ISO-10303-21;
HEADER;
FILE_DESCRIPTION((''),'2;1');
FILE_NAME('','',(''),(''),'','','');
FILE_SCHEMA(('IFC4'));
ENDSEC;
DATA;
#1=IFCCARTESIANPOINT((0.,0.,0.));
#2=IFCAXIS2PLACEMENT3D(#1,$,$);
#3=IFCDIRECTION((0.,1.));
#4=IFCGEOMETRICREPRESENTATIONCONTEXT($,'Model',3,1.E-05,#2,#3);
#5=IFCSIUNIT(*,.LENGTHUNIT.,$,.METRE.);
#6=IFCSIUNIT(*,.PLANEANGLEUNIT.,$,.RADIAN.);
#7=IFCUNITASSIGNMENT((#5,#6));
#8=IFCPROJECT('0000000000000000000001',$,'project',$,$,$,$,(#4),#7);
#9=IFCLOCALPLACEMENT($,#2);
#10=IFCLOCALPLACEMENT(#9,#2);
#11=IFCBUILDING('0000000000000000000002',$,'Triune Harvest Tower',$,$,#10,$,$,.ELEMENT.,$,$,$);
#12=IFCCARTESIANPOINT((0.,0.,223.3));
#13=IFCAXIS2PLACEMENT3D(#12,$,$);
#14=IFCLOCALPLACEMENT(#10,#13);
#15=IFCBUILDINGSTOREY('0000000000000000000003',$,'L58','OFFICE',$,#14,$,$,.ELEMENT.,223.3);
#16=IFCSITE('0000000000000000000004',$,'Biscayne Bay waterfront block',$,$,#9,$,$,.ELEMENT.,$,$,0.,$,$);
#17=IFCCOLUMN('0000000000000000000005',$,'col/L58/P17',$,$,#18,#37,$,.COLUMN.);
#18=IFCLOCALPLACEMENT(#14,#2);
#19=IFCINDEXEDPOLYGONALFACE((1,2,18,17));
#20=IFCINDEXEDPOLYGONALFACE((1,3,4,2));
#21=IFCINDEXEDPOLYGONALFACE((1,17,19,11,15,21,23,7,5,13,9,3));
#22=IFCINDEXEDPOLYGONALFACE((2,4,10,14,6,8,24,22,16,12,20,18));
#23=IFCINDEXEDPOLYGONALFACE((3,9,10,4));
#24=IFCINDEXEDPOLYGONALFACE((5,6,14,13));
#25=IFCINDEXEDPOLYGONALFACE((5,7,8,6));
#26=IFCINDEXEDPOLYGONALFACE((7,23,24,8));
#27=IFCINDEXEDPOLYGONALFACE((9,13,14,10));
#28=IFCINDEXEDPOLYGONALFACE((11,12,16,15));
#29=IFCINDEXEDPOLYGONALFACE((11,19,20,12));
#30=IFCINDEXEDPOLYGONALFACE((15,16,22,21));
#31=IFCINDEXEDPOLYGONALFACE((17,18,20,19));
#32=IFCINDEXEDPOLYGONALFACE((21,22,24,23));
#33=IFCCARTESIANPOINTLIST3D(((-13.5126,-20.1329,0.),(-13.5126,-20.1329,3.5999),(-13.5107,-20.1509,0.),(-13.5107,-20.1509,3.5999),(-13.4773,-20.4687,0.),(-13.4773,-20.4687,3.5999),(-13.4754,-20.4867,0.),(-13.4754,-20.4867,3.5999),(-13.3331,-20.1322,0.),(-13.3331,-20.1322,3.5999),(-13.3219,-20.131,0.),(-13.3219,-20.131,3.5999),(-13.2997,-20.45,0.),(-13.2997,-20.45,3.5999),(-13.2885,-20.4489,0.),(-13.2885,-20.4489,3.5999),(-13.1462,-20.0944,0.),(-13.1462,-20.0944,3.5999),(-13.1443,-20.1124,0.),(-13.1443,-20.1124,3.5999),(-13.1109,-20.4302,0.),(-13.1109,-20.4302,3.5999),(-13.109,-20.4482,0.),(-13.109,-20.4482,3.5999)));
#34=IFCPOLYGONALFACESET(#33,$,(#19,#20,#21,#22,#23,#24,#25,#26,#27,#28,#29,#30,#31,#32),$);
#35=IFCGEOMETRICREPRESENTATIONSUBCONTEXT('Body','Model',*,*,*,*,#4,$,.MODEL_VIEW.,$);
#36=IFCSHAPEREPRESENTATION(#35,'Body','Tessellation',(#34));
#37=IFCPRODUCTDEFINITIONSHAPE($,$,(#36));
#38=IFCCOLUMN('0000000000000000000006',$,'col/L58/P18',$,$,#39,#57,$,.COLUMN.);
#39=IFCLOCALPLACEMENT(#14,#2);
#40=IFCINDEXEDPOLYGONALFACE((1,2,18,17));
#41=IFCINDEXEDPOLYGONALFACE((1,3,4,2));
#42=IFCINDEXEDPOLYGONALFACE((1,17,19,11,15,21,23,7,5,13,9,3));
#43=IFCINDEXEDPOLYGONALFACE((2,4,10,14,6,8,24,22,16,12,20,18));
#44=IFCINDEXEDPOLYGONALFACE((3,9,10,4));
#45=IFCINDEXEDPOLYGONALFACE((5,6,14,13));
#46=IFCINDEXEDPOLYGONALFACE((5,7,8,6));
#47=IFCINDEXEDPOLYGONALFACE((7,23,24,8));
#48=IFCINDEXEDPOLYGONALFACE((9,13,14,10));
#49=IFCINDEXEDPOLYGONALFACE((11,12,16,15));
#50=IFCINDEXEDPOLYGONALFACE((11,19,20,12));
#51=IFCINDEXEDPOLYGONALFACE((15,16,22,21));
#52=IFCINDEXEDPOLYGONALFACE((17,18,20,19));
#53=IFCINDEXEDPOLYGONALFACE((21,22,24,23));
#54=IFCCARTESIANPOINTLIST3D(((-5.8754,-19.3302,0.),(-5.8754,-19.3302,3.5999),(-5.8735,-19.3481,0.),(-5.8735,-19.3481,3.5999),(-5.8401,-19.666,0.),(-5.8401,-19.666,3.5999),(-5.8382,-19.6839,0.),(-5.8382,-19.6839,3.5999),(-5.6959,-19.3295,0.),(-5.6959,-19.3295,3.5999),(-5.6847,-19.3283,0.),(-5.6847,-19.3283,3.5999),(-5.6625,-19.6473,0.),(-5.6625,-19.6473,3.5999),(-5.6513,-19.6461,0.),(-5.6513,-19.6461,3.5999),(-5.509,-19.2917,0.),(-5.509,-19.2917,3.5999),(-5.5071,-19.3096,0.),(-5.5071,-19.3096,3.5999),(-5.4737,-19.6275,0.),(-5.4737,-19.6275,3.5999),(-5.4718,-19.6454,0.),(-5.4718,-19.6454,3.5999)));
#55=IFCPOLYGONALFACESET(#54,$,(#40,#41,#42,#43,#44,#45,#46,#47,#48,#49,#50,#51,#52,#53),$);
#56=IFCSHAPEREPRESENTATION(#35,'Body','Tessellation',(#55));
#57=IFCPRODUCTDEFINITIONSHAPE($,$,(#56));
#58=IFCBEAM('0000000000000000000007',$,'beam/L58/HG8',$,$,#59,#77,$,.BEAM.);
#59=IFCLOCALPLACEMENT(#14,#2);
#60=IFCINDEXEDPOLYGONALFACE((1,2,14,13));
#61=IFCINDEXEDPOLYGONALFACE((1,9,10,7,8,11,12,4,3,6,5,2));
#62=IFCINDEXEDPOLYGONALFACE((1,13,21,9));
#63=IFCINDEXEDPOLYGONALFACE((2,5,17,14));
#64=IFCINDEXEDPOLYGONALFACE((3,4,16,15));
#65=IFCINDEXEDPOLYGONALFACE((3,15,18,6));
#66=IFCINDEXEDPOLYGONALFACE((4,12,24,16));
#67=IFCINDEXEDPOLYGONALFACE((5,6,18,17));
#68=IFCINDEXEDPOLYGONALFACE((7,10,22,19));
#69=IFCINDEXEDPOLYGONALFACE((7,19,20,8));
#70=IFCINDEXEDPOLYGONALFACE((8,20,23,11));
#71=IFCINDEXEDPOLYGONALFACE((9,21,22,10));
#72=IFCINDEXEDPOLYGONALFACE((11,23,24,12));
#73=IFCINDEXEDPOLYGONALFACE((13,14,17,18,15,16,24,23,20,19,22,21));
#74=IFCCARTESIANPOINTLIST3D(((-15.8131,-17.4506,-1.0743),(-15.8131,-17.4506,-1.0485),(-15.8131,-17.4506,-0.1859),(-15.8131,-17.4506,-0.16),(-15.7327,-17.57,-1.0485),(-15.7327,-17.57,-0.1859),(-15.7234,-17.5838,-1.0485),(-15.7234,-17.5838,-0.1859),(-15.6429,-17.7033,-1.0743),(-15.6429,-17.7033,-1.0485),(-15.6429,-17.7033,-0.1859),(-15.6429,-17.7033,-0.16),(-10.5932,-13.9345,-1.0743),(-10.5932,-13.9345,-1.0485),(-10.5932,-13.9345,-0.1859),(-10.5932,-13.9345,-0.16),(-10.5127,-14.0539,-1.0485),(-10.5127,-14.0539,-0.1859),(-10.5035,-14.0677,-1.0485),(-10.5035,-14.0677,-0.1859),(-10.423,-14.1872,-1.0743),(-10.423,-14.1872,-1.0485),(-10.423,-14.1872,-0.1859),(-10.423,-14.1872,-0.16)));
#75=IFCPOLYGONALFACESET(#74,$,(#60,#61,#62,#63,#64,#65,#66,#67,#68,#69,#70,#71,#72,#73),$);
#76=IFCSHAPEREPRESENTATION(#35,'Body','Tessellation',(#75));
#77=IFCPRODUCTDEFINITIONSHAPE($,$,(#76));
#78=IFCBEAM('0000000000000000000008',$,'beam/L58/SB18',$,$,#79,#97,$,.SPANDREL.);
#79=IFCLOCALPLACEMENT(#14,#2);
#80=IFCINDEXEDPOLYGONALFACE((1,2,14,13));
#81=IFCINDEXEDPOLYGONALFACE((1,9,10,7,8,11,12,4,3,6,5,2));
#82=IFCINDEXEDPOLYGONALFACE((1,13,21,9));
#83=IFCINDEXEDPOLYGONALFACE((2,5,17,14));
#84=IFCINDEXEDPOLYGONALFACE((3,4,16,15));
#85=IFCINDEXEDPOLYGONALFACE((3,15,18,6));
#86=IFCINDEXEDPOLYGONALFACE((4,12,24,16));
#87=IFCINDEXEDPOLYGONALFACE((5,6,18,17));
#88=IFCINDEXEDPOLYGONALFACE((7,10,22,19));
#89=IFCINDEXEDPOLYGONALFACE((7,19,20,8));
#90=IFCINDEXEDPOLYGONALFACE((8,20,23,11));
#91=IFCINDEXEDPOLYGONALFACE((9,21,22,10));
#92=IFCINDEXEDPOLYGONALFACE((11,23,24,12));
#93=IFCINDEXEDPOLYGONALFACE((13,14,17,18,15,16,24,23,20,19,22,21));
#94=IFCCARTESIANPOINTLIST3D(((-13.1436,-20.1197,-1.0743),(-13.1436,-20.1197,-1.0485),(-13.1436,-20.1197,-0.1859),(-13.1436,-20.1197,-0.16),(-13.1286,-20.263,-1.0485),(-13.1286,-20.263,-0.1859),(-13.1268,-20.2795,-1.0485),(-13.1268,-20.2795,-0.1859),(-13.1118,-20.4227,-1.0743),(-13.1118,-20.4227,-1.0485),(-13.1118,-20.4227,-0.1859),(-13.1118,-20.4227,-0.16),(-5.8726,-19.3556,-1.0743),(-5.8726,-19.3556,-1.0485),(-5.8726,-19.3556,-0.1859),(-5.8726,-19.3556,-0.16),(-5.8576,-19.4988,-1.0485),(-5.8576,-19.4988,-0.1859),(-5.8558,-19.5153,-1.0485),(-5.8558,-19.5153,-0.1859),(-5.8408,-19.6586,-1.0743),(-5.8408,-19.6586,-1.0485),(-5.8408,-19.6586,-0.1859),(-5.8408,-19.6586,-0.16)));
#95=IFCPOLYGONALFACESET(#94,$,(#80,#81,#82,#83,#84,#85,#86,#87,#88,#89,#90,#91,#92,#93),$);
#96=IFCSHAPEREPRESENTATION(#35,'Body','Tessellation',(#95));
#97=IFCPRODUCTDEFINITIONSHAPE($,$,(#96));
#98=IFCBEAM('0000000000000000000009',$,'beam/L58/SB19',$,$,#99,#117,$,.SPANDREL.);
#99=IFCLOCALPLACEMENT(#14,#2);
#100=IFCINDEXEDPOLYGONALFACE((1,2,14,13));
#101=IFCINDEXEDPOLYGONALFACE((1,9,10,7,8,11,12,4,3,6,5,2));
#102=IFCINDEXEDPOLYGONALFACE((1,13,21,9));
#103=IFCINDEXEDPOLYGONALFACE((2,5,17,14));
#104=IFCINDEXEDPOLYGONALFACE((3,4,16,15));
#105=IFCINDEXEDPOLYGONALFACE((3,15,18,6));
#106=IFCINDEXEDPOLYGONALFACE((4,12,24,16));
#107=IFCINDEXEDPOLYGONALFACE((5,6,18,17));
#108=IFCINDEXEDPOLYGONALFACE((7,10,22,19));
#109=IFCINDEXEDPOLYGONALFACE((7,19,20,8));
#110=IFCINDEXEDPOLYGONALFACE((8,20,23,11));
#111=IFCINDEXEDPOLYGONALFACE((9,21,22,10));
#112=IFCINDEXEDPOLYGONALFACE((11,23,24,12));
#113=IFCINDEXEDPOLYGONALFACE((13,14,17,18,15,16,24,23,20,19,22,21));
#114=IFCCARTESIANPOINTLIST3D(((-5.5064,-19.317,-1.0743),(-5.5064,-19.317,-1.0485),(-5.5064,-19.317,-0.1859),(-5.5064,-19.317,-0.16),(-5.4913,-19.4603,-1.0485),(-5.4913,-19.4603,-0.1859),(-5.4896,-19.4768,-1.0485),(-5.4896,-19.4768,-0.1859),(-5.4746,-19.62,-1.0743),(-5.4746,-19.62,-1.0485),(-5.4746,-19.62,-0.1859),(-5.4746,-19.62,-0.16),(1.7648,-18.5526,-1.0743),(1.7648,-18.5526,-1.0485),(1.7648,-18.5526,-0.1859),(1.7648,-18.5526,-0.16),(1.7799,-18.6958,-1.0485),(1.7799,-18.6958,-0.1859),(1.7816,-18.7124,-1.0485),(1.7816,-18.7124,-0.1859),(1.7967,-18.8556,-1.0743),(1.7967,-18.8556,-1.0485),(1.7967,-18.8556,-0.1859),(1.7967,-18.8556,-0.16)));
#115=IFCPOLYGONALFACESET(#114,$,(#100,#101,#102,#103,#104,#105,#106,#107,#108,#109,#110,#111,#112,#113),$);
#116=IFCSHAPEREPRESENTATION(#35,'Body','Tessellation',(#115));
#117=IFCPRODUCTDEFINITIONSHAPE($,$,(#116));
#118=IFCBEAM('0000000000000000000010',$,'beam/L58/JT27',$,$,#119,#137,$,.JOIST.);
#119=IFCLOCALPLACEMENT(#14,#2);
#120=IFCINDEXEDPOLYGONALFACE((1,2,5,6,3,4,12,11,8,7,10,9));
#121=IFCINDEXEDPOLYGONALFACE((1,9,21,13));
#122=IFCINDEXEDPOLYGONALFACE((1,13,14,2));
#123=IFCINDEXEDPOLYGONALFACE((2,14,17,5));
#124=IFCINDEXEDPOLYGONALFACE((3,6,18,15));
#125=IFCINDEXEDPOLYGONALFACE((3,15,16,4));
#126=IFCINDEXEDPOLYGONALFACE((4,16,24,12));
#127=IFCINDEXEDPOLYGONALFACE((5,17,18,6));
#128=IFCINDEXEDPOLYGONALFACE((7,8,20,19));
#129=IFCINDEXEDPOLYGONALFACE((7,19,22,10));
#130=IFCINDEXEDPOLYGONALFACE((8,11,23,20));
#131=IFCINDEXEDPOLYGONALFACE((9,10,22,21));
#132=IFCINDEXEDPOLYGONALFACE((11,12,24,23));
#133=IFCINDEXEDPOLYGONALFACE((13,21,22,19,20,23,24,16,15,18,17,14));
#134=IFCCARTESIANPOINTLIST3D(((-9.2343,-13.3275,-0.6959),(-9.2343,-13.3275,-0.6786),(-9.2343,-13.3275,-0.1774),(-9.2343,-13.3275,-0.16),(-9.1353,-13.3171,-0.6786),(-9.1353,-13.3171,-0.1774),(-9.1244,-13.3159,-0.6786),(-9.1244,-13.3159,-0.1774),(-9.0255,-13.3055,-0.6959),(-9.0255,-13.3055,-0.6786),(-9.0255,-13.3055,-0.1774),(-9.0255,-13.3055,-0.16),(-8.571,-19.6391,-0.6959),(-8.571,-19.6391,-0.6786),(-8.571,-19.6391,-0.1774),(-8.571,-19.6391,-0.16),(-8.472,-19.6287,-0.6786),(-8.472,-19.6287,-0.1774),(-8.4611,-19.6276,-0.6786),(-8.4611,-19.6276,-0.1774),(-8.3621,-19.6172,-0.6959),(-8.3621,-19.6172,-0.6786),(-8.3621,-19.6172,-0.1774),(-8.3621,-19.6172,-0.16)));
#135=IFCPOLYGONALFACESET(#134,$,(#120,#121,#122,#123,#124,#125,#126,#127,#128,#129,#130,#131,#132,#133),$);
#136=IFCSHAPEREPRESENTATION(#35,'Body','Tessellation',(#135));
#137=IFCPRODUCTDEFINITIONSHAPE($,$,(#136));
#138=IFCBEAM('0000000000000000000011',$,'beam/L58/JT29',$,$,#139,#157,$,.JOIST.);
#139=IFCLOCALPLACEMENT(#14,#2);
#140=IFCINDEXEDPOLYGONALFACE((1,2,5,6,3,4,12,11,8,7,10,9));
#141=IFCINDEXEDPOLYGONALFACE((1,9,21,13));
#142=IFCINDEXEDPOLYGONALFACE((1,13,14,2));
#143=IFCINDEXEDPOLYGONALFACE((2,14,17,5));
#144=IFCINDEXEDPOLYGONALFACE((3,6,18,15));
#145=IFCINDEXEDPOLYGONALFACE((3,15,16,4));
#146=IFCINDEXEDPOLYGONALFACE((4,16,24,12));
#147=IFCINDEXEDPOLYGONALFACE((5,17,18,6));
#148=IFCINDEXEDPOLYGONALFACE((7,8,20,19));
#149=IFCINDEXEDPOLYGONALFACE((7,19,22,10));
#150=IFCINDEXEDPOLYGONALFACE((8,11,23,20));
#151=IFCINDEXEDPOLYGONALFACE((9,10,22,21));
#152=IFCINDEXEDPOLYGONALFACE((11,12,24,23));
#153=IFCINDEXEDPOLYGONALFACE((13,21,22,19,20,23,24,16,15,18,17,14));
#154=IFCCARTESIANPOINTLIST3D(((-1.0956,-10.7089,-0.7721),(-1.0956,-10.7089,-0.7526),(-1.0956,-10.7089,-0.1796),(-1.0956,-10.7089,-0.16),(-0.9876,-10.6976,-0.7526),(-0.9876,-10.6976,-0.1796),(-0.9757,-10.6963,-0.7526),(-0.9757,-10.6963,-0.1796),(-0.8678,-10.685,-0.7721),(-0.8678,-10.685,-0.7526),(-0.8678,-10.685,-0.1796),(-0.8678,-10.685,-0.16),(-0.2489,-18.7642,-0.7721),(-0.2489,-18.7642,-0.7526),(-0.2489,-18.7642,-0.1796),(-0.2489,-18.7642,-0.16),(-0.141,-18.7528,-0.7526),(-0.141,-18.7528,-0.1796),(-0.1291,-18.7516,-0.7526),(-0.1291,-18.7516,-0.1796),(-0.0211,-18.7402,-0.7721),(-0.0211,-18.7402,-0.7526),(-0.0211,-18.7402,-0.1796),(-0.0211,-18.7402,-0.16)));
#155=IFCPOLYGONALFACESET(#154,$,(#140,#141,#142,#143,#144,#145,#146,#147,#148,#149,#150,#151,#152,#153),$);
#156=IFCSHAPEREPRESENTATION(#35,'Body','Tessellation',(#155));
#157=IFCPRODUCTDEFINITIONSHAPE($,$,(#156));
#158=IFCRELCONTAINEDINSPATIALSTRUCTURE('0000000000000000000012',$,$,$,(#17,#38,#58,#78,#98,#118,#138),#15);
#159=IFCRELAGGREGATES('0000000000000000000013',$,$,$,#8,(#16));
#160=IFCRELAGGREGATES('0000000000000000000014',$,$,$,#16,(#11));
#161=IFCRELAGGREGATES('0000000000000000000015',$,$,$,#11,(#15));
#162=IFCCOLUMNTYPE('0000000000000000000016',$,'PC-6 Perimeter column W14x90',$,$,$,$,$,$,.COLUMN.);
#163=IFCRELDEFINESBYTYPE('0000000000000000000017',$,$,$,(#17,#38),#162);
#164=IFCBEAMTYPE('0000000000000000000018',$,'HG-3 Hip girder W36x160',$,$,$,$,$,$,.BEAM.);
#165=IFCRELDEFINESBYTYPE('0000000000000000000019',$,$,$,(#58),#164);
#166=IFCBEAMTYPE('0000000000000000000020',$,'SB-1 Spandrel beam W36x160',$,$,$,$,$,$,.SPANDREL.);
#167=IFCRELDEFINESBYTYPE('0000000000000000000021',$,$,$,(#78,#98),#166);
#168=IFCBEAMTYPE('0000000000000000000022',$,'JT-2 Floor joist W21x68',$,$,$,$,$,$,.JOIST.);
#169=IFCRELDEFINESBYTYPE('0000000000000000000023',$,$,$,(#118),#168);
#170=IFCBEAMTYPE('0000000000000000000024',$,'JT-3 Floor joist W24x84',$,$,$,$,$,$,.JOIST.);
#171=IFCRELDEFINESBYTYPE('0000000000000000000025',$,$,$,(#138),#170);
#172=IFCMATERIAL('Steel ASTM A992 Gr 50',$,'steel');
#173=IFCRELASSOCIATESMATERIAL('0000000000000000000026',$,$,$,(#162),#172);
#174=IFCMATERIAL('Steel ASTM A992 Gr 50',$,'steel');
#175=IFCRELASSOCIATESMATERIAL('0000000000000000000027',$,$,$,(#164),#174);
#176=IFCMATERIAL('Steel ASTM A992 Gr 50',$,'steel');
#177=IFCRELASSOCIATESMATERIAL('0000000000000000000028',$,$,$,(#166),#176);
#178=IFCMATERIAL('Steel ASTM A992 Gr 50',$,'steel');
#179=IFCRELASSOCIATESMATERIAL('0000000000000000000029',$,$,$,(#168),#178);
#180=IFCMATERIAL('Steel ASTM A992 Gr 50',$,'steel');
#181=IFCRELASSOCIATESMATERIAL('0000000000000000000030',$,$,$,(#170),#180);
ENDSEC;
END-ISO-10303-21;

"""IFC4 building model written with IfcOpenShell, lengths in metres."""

from ifc_helpers import new_model, si_unit, direction, frame, origin, origin_2d, place, context, subcontext, project, spatial, i_section, extrude, source, transform, mapped, material, material_profile, profile_set, type_object, element, save


model = new_model("IFC4")

# Units and contexts
model_context = context("Model", 3, precision=1e-05, world=origin(), true_north=direction((0.0, 1.0)))
body_context = subcontext(model_context, "Body", "Model", "MODEL_VIEW")
ifc_project = project(units=[si_unit("LENGTHUNIT", "METRE"), si_unit("PLANEANGLEUNIT", "RADIAN")], contexts=[model_context])

# Site, building, storey
site_placement = place(None, origin())
site = spatial("IfcSite", under=ifc_project, at=site_placement, Name="Biscayne Bay waterfront block", CompositionType="ELEMENT", RefElevation=0.0)
building_placement = place(site_placement, origin())
building = spatial("IfcBuilding", under=site, at=building_placement, Name="Triune Harvest Tower", CompositionType="ELEMENT")
storey_placement = place(building_placement, frame((0.0, 0.0, 223.3)))
storey = spatial("IfcBuildingStorey", under=building, at=storey_placement, Name="L58", Description="OFFICE", CompositionType="ELEMENT", Elevation=223.3)

# Columns
ifc_material_1 = material(Name="Steel ASTM A992 Gr 50", Category="steel")
ifc_material_profile_1 = material_profile(ifc_material_1, i_section(OverallWidth=0.3684, OverallDepth=0.3557, WebThickness=0.0112, FlangeThickness=0.0181, at=origin_2d()), Name="W14x90")
ifc_profile_set_1 = profile_set([ifc_material_profile_1], Name="Steel ASTM A992 Gr 50")
column_type = type_object("IfcColumnType", Name="PC-6 Perimeter column W14x90", PredefinedType="COLUMN", material=ifc_profile_set_1)
shared_shape_1 = source(origin(), body_context, "Body", "SweptSolid", [
    extrude(i_section(OverallWidth=0.3684, OverallDepth=0.3557, WebThickness=0.0112, FlangeThickness=0.0181, at=origin_2d()), origin(), (0.0, 0.0, 1.0), 3.5999),
])
for number, where, z_axis, x_axis, name in (
    (1, (-13.3108, -20.2905, 0.0), (0.0, 0.0, 1.0), (0.994522, 0.10453, 0.0), "col/L58/P17"),
    (2, (-5.6736, -19.4878, 0.0), (0.0, 0.0, 1.0), (0.994522, 0.10453, 0.0), "col/L58/P18"),
):
    element("IfcColumn", number, at=place(storey_placement, frame(where, z_axis=z_axis, x_axis=x_axis)), inside=storey, type_object=column_type, Name=name, PredefinedType="COLUMN", context=body_context, shape_type="MappedRepresentation", body=[
        mapped(shared_shape_1, transform((0.0, 0.0, 0.0), scale=1.0)),
    ])

# Beams
ifc_material_2 = material(Name="Steel ASTM A992 Gr 50", Category="steel")
ifc_material_profile_2 = material_profile(ifc_material_2, i_section(OverallWidth=0.3047, OverallDepth=0.9143, WebThickness=0.0166, FlangeThickness=0.0259, at=origin_2d()), Name="W36x160")
ifc_profile_set_2 = profile_set([ifc_material_profile_2], Name="Steel ASTM A992 Gr 50")
beam_type_1 = type_object("IfcBeamType", Name="HG-3 Hip girder W36x160", PredefinedType="BEAM", material=ifc_profile_set_2)
shared_shape_2 = source(origin(), body_context, "Body", "SweptSolid", [
    extrude(i_section(OverallWidth=0.3047, OverallDepth=0.9143, WebThickness=0.0166, FlangeThickness=0.0259, at=origin_2d()), origin(), (0.0, 0.0, 1.0), 6.2937),
])
beam_1_placement = place(storey_placement, frame((-15.728, -17.5769, -0.6172), z_axis=(0.829391, 0.558668, 0.0), x_axis=(-0.558668, 0.829391, 0.0)))
element("IfcBeam", 3, at=beam_1_placement, inside=storey, type_object=beam_type_1, Name="beam/L58/HG8", PredefinedType="BEAM", context=body_context, shape_type="MappedRepresentation", body=[
    mapped(shared_shape_2, transform((0.0, 0.0, 0.0), scale=1.0)),
])
ifc_material_3 = material(Name="Steel ASTM A992 Gr 50", Category="steel")
ifc_material_profile_3 = material_profile(ifc_material_3, i_section(OverallWidth=0.3047, OverallDepth=0.9143, WebThickness=0.0166, FlangeThickness=0.0259, at=origin_2d()), Name="W36x160")
ifc_profile_set_3 = profile_set([ifc_material_profile_3], Name="Steel ASTM A992 Gr 50")
beam_type_2 = type_object("IfcBeamType", Name="SB-1 Spandrel beam W36x160", PredefinedType="SPANDREL", material=ifc_profile_set_3)
shared_shape_3 = source(origin(), body_context, "Body", "SweptSolid", [
    extrude(i_section(OverallWidth=0.3047, OverallDepth=0.9143, WebThickness=0.0166, FlangeThickness=0.0259, at=origin_2d()), origin(), (0.0, 0.0, 1.0), 7.311),
])
beam_2_placement = place(storey_placement, frame((-13.1277, -20.2712, -0.6172), z_axis=(0.994523, 0.104521, 0.0), x_axis=(-0.104521, 0.994523, 0.0)))
element("IfcBeam", 4, at=beam_2_placement, inside=storey, type_object=beam_type_2, Name="beam/L58/SB18", PredefinedType="SPANDREL", context=body_context, shape_type="MappedRepresentation", body=[
    mapped(shared_shape_3, transform((0.0, 0.0, 0.0), scale=1.0)),
])
shared_shape_4 = source(origin(), body_context, "Body", "SweptSolid", [
    extrude(i_section(OverallWidth=0.3047, OverallDepth=0.9143, WebThickness=0.0166, FlangeThickness=0.0259, at=origin_2d()), origin(), (0.0, 0.0, 1.0), 7.3113),
])
beam_3_placement = place(storey_placement, frame((-5.4905, -19.4685, -0.6172), z_axis=(0.99452, 0.104551, 0.0), x_axis=(-0.104551, 0.99452, 0.0)))
element("IfcBeam", 5, at=beam_3_placement, inside=storey, type_object=beam_type_2, Name="beam/L58/SB19", PredefinedType="SPANDREL", context=body_context, shape_type="MappedRepresentation", body=[
    mapped(shared_shape_4, transform((0.0, 0.0, 0.0), scale=1.0)),
])
ifc_material_4 = material(Name="Steel ASTM A992 Gr 50", Category="steel")
ifc_material_profile_4 = material_profile(ifc_material_4, i_section(OverallWidth=0.21, OverallDepth=0.5359, WebThickness=0.011, FlangeThickness=0.0173, at=origin_2d()), Name="W21x68")
ifc_profile_set_4 = profile_set([ifc_material_profile_4], Name="Steel ASTM A992 Gr 50")
beam_type_3 = type_object("IfcBeamType", Name="JT-2 Floor joist W21x68", PredefinedType="JOIST", material=ifc_profile_set_4)
shared_shape_5 = source(origin(), body_context, "Body", "SweptSolid", [
    extrude(i_section(OverallWidth=0.21, OverallDepth=0.5359, WebThickness=0.011, FlangeThickness=0.0173, at=origin_2d()), origin(), (0.0, 0.0, 1.0), 6.3464),
])
beam_4_placement = place(storey_placement, frame((-8.4666, -19.6282, -0.428), z_axis=(-0.104519, 0.994523, 0.0), x_axis=(-0.994523, -0.104519, 0.0)))
element("IfcBeam", 6, at=beam_4_placement, inside=storey, type_object=beam_type_3, Name="beam/L58/JT27", PredefinedType="JOIST", context=body_context, shape_type="MappedRepresentation", body=[
    mapped(shared_shape_5, transform((0.0, 0.0, 0.0), scale=1.0)),
])
ifc_material_5 = material(Name="Steel ASTM A992 Gr 50", Category="steel")
ifc_material_profile_5 = material_profile(ifc_material_5, i_section(OverallWidth=0.229, OverallDepth=0.6121, WebThickness=0.012, FlangeThickness=0.0195, at=origin_2d()), Name="W24x84")
ifc_profile_set_5 = profile_set([ifc_material_profile_5], Name="Steel ASTM A992 Gr 50")
beam_type_4 = type_object("IfcBeamType", Name="JT-3 Floor joist W24x84", PredefinedType="JOIST", material=ifc_profile_set_5)
shared_shape_6 = source(origin(), body_context, "Body", "SweptSolid", [
    extrude(i_section(OverallWidth=0.229, OverallDepth=0.6121, WebThickness=0.012, FlangeThickness=0.0195, at=origin_2d()), origin(), (0.0, 0.0, 1.0), 8.0996),
])
beam_5_placement = place(storey_placement, frame((-0.135, -18.7522, -0.4661), z_axis=(-0.104534, 0.994521, 0.0), x_axis=(-0.994521, -0.104534, 0.0)))
element("IfcBeam", 7, at=beam_5_placement, inside=storey, type_object=beam_type_4, Name="beam/L58/JT29", PredefinedType="JOIST", context=body_context, shape_type="MappedRepresentation", body=[
    mapped(shared_shape_6, transform((0.0, 0.0, 0.0), scale=1.0)),
])

save(model, "model.ifc")
